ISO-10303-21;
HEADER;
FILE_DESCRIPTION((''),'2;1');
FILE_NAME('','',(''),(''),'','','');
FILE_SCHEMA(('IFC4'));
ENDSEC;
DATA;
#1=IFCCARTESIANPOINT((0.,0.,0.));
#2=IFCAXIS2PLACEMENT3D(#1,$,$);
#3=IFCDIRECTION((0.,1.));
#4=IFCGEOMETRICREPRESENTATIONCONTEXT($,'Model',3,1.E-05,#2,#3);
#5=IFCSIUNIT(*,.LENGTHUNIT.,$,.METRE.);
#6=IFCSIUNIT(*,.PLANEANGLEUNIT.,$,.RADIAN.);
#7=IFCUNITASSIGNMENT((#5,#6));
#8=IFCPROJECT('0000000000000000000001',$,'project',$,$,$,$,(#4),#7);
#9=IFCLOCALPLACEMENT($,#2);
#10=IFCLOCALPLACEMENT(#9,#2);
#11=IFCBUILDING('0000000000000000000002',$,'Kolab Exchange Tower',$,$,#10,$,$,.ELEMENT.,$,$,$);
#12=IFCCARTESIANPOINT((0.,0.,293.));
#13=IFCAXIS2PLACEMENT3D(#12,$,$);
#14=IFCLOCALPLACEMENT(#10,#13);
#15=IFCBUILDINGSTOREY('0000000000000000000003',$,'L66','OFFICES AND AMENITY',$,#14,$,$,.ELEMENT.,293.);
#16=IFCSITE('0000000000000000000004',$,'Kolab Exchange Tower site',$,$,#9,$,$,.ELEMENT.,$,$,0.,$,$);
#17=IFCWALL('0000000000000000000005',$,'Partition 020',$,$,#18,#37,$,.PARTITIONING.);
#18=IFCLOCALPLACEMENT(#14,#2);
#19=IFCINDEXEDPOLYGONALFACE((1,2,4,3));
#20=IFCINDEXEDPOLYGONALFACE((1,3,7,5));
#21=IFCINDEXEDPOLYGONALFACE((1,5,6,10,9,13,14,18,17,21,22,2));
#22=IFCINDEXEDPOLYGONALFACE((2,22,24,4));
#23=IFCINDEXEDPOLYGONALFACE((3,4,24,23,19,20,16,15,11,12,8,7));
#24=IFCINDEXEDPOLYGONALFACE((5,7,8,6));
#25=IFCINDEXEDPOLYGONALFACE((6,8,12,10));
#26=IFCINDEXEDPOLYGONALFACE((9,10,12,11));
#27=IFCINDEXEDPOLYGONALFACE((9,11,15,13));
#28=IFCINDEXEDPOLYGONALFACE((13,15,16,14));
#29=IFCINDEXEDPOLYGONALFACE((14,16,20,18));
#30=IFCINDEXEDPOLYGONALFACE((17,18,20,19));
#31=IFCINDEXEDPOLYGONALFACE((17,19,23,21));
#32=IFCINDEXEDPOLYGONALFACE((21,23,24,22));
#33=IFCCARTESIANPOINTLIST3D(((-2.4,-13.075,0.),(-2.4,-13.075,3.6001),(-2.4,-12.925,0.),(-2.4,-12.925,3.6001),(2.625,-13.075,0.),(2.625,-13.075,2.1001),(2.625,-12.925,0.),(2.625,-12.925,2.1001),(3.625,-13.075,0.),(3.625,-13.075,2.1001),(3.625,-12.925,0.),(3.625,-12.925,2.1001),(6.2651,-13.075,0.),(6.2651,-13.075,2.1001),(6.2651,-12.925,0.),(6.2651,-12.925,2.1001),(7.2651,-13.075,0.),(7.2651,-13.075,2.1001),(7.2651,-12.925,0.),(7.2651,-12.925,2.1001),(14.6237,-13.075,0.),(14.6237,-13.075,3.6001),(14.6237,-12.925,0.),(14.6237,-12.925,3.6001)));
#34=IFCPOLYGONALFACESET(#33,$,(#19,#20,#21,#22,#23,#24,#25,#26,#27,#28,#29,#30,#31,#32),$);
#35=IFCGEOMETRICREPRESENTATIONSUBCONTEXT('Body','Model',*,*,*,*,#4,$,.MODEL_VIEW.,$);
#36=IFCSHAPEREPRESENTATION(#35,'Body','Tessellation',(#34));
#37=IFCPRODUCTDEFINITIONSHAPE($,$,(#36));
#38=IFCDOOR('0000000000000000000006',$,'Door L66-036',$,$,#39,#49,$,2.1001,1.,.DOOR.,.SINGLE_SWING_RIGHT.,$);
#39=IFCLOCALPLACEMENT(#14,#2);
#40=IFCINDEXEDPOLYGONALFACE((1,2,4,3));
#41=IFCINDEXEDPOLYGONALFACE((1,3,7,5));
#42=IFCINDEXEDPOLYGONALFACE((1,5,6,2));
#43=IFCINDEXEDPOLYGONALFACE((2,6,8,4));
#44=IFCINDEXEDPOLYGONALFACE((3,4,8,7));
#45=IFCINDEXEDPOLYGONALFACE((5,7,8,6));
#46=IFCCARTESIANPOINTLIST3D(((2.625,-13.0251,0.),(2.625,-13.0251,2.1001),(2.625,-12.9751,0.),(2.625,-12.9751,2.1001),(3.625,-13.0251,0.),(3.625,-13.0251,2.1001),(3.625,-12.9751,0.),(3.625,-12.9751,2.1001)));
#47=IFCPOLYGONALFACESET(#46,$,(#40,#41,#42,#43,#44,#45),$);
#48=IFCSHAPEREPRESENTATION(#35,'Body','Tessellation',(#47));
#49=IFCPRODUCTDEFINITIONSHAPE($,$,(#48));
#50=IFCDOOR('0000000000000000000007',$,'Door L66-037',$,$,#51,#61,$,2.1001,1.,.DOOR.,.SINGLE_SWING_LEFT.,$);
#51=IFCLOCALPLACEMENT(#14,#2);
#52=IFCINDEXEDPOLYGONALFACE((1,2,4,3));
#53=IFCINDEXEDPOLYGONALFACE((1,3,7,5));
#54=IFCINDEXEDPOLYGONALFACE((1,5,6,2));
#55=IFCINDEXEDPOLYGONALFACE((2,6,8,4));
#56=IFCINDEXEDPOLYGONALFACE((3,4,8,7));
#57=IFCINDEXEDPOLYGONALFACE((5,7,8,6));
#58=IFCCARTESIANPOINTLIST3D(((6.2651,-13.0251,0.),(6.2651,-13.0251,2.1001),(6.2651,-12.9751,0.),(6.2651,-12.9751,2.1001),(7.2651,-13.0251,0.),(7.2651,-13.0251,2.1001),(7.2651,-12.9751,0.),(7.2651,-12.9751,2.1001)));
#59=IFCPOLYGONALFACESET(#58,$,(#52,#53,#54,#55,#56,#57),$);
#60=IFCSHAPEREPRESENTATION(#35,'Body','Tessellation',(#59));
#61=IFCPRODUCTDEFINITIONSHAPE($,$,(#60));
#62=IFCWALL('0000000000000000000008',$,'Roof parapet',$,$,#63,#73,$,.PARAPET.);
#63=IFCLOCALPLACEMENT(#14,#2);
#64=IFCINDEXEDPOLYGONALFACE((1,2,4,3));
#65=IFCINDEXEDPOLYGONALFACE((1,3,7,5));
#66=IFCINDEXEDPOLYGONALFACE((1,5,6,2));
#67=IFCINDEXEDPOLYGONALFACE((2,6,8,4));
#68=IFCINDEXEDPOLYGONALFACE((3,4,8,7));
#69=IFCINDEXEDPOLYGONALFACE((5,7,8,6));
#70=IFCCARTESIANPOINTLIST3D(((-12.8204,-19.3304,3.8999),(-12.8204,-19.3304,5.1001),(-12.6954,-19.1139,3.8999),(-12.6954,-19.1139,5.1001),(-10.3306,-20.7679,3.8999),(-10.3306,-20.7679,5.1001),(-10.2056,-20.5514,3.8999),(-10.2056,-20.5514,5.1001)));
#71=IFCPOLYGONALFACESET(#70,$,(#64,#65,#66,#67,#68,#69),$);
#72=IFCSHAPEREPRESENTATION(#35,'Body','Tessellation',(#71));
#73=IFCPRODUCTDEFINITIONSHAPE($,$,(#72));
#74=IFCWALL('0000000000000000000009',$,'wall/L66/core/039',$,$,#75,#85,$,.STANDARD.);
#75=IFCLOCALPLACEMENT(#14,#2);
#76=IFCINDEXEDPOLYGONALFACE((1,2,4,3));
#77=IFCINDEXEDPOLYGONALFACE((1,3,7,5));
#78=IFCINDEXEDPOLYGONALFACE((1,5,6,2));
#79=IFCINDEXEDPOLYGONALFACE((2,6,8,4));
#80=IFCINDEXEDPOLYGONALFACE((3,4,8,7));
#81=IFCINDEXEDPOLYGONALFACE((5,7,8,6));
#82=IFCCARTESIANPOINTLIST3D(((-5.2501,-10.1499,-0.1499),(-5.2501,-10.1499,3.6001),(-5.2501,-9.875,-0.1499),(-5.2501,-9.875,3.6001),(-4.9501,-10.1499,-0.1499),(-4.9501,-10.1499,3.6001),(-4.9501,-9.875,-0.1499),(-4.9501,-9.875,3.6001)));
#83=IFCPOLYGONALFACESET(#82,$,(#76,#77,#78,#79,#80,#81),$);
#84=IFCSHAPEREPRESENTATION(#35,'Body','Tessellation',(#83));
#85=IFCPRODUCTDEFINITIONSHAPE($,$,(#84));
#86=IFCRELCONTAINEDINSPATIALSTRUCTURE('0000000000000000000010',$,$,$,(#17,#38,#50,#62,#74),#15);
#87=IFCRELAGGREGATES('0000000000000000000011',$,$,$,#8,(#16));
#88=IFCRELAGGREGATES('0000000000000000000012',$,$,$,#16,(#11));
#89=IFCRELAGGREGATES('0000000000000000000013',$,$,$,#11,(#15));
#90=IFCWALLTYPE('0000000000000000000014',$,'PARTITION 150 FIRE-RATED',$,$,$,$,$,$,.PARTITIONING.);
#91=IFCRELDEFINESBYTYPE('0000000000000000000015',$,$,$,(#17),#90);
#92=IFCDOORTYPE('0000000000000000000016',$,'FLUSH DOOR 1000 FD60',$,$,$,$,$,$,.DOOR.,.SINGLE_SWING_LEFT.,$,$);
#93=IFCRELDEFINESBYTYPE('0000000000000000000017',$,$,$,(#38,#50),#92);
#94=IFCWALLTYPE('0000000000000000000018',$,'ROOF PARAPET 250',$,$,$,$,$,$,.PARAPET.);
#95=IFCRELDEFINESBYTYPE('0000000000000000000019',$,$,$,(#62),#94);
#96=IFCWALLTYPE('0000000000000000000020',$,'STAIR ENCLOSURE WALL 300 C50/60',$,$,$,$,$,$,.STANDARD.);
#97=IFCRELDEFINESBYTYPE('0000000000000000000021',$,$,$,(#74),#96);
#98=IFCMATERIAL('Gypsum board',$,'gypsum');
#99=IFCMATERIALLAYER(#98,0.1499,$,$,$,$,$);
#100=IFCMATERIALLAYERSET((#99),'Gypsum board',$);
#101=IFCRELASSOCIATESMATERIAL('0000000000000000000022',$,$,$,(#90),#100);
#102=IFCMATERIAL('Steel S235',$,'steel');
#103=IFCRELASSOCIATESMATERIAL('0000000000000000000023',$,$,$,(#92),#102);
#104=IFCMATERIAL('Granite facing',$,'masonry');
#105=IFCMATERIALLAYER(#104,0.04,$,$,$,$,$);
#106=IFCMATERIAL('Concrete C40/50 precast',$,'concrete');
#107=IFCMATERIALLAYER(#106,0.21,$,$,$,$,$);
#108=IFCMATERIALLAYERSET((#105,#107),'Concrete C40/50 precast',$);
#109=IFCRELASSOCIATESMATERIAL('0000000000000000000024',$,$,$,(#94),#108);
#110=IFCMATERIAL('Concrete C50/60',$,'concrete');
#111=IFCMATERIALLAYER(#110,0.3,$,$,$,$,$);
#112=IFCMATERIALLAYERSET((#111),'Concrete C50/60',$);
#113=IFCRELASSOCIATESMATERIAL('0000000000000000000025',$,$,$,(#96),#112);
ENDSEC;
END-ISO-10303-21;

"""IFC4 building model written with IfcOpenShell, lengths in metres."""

from ifc_helpers import new_model, si_unit, direction, frame, frame_2d, origin, place, context, subcontext, project, spatial, rectangle, extrude, material, layer, layer_set, type_object, element, fill, save


model = new_model("IFC4")

# Units and contexts
model_context = context("Model", 3, precision=1e-05, world=origin(), true_north=direction((0.0, 1.0)))
body_context = subcontext(model_context, "Body", "Model", "MODEL_VIEW")
ifc_project = project(units=[si_unit("LENGTHUNIT", "METRE"), si_unit("PLANEANGLEUNIT", "RADIAN")], contexts=[model_context])

# Site, building, storey
site_placement = place(None, origin())
site = spatial("IfcSite", under=ifc_project, at=site_placement, Name="Kolab Exchange Tower site", CompositionType="ELEMENT", RefElevation=0.0)
building_placement = place(site_placement, origin())
building = spatial("IfcBuilding", under=site, at=building_placement, Name="Kolab Exchange Tower", CompositionType="ELEMENT")
storey_placement = place(building_placement, frame((0.0, 0.0, 293.0)))
storey = spatial("IfcBuildingStorey", under=building, at=storey_placement, Name="L66", Description="OFFICES AND AMENITY", CompositionType="ELEMENT", Elevation=293.0)

# Shared definitions
ifc_material_1 = material(Name="Concrete C50/60", Category="concrete")

# Shared definitions
ifc_material_2 = material(Name="Gypsum board", Category="gypsum")

# Shared definitions
ifc_layer_1 = layer(ifc_material_2, 0.1499)
ifc_layer_set_1 = layer_set([ifc_layer_1], Name="Gypsum board")
wall_type_1 = type_object("IfcWallType", Name="PARTITION 150 FIRE-RATED", PredefinedType="PARTITIONING", material=ifc_layer_set_1)
ifc_material_3 = material(Name="Steel S235", Category="steel")
door_type = type_object("IfcDoorType", Name="FLUSH DOOR 1000 FD60", OperationType="SINGLE_SWING_LEFT", PredefinedType="DOOR", material=ifc_material_3)

# Wall, openings, doors
wall_1_placement = place(storey_placement, frame((-2.3999, -13.0, 0.0), z_axis=(0.0, 0.0, 1.0), x_axis=(1.0, 0.0, 0.0)))
wall_1 = element("IfcWall", 1, at=wall_1_placement, inside=storey, type_object=wall_type_1, Name="Partition 020", PredefinedType="PARTITIONING", context=body_context, shape_type="SweptSolid", body=[
    extrude(rectangle(XDim=17.0237, YDim=0.1499, at=frame_2d((8.5117, 0.0))), origin(), (0.0, 0.0, 1.0), 3.6001),
])
opening_1_placement = place(wall_1_placement, frame((5.0249, 0.0, 0.0)))
opening_1 = element("IfcOpeningElement", 2, at=opening_1_placement, cuts=wall_1, PredefinedType="OPENING", context=body_context, shape_type="SweptSolid", body=[
    extrude(rectangle(XDim=1.0, YDim=2.1001, at=frame_2d((0.5, 1.05))), frame((0.0, 0.085, 0.0), z_axis=(0.0, -1.0, 0.0), x_axis=(1.0, 0.0, 0.0)), (0.0, 0.0, 1.0), 0.1699),
])
opening_2_placement = place(wall_1_placement, frame((8.665, 0.0, 0.0)))
opening_2 = element("IfcOpeningElement", 3, at=opening_2_placement, cuts=wall_1, PredefinedType="OPENING", context=body_context, shape_type="SweptSolid", body=[
    extrude(rectangle(XDim=1.0, YDim=2.1001, at=frame_2d((0.5, 1.05))), frame((0.0, 0.085, 0.0), z_axis=(0.0, -1.0, 0.0), x_axis=(1.0, 0.0, 0.0)), (0.0, 0.0, 1.0), 0.1699),
])
door_1_placement = place(opening_1_placement, origin())
door_1 = element("IfcDoor", 4, at=door_1_placement, inside=storey, type_object=door_type, Name="Door L66-036", OperationType="SINGLE_SWING_RIGHT", OverallHeight=2.1001, OverallWidth=1.0, PredefinedType="DOOR", context=body_context, shape_type="SweptSolid", body=[
    extrude(rectangle(XDim=1.0, YDim=2.1001, at=frame_2d((0.5, 1.05))), frame((0.0, 0.0249, 0.0), z_axis=(0.0, -1.0, 0.0), x_axis=(1.0, 0.0, 0.0)), (0.0, 0.0, 1.0), 0.05),
])
fill(opening_1, door_1)
door_2_placement = place(opening_2_placement, origin())
door_2 = element("IfcDoor", 5, at=door_2_placement, inside=storey, type_object=door_type, Name="Door L66-037", OperationType="SINGLE_SWING_LEFT", OverallHeight=2.1001, OverallWidth=1.0, PredefinedType="DOOR", context=body_context, shape_type="SweptSolid", body=[
    extrude(rectangle(XDim=1.0, YDim=2.1001, at=frame_2d((0.5, 1.05))), frame((0.0, 0.0249, 0.0), z_axis=(0.0, -1.0, 0.0), x_axis=(1.0, 0.0, 0.0)), (0.0, 0.0, 1.0), 0.05),
])
fill(opening_2, door_2)

# Walls
ifc_material_4 = material(Name="Granite facing", Category="masonry")
ifc_layer_2 = layer(ifc_material_4, 0.04)
ifc_material_5 = material(Name="Concrete C40/50 precast", Category="concrete")
ifc_layer_3 = layer(ifc_material_5, 0.21)
ifc_layer_set_2 = layer_set([ifc_layer_2, ifc_layer_3], Name="Concrete C40/50 precast")
wall_type_2 = type_object("IfcWallType", Name="ROOF PARAPET 250", PredefinedType="PARAPET", material=ifc_layer_set_2)
wall_2_placement = place(storey_placement, frame((-10.2681, -20.6597, 3.8999), z_axis=(0.0, 0.0, 1.0), x_axis=(-0.866019, 0.500012, 0.0)))
element("IfcWall", 6, at=wall_2_placement, inside=storey, type_object=wall_type_2, Name="Roof parapet", PredefinedType="PARAPET", context=body_context, shape_type="SweptSolid", body=[
    extrude(rectangle(XDim=2.875, YDim=0.25, at=frame_2d((1.4375, 0.0))), origin(), (0.0, 0.0, 1.0), 1.2002),
])
ifc_layer_4 = layer(ifc_material_1, 0.3)
ifc_layer_set_3 = layer_set([ifc_layer_4], Name="Concrete C50/60")
wall_type_3 = type_object("IfcWallType", Name="STAIR ENCLOSURE WALL 300 C50/60", PredefinedType="STANDARD", material=ifc_layer_set_3)
wall_3_placement = place(storey_placement, frame((-5.1001, -10.1499, -0.1499), z_axis=(0.0, 0.0, 1.0), x_axis=(0.0, 1.0, 0.0)))
element("IfcWall", 7, at=wall_3_placement, inside=storey, type_object=wall_type_3, Name="wall/L66/core/039", PredefinedType="STANDARD", context=body_context, shape_type="SweptSolid", body=[
    extrude(rectangle(XDim=0.2749, YDim=0.3, at=frame_2d((0.1375, 0.0))), origin(), (0.0, 0.0, 1.0), 3.75),
])

save(model, "model.ifc")
